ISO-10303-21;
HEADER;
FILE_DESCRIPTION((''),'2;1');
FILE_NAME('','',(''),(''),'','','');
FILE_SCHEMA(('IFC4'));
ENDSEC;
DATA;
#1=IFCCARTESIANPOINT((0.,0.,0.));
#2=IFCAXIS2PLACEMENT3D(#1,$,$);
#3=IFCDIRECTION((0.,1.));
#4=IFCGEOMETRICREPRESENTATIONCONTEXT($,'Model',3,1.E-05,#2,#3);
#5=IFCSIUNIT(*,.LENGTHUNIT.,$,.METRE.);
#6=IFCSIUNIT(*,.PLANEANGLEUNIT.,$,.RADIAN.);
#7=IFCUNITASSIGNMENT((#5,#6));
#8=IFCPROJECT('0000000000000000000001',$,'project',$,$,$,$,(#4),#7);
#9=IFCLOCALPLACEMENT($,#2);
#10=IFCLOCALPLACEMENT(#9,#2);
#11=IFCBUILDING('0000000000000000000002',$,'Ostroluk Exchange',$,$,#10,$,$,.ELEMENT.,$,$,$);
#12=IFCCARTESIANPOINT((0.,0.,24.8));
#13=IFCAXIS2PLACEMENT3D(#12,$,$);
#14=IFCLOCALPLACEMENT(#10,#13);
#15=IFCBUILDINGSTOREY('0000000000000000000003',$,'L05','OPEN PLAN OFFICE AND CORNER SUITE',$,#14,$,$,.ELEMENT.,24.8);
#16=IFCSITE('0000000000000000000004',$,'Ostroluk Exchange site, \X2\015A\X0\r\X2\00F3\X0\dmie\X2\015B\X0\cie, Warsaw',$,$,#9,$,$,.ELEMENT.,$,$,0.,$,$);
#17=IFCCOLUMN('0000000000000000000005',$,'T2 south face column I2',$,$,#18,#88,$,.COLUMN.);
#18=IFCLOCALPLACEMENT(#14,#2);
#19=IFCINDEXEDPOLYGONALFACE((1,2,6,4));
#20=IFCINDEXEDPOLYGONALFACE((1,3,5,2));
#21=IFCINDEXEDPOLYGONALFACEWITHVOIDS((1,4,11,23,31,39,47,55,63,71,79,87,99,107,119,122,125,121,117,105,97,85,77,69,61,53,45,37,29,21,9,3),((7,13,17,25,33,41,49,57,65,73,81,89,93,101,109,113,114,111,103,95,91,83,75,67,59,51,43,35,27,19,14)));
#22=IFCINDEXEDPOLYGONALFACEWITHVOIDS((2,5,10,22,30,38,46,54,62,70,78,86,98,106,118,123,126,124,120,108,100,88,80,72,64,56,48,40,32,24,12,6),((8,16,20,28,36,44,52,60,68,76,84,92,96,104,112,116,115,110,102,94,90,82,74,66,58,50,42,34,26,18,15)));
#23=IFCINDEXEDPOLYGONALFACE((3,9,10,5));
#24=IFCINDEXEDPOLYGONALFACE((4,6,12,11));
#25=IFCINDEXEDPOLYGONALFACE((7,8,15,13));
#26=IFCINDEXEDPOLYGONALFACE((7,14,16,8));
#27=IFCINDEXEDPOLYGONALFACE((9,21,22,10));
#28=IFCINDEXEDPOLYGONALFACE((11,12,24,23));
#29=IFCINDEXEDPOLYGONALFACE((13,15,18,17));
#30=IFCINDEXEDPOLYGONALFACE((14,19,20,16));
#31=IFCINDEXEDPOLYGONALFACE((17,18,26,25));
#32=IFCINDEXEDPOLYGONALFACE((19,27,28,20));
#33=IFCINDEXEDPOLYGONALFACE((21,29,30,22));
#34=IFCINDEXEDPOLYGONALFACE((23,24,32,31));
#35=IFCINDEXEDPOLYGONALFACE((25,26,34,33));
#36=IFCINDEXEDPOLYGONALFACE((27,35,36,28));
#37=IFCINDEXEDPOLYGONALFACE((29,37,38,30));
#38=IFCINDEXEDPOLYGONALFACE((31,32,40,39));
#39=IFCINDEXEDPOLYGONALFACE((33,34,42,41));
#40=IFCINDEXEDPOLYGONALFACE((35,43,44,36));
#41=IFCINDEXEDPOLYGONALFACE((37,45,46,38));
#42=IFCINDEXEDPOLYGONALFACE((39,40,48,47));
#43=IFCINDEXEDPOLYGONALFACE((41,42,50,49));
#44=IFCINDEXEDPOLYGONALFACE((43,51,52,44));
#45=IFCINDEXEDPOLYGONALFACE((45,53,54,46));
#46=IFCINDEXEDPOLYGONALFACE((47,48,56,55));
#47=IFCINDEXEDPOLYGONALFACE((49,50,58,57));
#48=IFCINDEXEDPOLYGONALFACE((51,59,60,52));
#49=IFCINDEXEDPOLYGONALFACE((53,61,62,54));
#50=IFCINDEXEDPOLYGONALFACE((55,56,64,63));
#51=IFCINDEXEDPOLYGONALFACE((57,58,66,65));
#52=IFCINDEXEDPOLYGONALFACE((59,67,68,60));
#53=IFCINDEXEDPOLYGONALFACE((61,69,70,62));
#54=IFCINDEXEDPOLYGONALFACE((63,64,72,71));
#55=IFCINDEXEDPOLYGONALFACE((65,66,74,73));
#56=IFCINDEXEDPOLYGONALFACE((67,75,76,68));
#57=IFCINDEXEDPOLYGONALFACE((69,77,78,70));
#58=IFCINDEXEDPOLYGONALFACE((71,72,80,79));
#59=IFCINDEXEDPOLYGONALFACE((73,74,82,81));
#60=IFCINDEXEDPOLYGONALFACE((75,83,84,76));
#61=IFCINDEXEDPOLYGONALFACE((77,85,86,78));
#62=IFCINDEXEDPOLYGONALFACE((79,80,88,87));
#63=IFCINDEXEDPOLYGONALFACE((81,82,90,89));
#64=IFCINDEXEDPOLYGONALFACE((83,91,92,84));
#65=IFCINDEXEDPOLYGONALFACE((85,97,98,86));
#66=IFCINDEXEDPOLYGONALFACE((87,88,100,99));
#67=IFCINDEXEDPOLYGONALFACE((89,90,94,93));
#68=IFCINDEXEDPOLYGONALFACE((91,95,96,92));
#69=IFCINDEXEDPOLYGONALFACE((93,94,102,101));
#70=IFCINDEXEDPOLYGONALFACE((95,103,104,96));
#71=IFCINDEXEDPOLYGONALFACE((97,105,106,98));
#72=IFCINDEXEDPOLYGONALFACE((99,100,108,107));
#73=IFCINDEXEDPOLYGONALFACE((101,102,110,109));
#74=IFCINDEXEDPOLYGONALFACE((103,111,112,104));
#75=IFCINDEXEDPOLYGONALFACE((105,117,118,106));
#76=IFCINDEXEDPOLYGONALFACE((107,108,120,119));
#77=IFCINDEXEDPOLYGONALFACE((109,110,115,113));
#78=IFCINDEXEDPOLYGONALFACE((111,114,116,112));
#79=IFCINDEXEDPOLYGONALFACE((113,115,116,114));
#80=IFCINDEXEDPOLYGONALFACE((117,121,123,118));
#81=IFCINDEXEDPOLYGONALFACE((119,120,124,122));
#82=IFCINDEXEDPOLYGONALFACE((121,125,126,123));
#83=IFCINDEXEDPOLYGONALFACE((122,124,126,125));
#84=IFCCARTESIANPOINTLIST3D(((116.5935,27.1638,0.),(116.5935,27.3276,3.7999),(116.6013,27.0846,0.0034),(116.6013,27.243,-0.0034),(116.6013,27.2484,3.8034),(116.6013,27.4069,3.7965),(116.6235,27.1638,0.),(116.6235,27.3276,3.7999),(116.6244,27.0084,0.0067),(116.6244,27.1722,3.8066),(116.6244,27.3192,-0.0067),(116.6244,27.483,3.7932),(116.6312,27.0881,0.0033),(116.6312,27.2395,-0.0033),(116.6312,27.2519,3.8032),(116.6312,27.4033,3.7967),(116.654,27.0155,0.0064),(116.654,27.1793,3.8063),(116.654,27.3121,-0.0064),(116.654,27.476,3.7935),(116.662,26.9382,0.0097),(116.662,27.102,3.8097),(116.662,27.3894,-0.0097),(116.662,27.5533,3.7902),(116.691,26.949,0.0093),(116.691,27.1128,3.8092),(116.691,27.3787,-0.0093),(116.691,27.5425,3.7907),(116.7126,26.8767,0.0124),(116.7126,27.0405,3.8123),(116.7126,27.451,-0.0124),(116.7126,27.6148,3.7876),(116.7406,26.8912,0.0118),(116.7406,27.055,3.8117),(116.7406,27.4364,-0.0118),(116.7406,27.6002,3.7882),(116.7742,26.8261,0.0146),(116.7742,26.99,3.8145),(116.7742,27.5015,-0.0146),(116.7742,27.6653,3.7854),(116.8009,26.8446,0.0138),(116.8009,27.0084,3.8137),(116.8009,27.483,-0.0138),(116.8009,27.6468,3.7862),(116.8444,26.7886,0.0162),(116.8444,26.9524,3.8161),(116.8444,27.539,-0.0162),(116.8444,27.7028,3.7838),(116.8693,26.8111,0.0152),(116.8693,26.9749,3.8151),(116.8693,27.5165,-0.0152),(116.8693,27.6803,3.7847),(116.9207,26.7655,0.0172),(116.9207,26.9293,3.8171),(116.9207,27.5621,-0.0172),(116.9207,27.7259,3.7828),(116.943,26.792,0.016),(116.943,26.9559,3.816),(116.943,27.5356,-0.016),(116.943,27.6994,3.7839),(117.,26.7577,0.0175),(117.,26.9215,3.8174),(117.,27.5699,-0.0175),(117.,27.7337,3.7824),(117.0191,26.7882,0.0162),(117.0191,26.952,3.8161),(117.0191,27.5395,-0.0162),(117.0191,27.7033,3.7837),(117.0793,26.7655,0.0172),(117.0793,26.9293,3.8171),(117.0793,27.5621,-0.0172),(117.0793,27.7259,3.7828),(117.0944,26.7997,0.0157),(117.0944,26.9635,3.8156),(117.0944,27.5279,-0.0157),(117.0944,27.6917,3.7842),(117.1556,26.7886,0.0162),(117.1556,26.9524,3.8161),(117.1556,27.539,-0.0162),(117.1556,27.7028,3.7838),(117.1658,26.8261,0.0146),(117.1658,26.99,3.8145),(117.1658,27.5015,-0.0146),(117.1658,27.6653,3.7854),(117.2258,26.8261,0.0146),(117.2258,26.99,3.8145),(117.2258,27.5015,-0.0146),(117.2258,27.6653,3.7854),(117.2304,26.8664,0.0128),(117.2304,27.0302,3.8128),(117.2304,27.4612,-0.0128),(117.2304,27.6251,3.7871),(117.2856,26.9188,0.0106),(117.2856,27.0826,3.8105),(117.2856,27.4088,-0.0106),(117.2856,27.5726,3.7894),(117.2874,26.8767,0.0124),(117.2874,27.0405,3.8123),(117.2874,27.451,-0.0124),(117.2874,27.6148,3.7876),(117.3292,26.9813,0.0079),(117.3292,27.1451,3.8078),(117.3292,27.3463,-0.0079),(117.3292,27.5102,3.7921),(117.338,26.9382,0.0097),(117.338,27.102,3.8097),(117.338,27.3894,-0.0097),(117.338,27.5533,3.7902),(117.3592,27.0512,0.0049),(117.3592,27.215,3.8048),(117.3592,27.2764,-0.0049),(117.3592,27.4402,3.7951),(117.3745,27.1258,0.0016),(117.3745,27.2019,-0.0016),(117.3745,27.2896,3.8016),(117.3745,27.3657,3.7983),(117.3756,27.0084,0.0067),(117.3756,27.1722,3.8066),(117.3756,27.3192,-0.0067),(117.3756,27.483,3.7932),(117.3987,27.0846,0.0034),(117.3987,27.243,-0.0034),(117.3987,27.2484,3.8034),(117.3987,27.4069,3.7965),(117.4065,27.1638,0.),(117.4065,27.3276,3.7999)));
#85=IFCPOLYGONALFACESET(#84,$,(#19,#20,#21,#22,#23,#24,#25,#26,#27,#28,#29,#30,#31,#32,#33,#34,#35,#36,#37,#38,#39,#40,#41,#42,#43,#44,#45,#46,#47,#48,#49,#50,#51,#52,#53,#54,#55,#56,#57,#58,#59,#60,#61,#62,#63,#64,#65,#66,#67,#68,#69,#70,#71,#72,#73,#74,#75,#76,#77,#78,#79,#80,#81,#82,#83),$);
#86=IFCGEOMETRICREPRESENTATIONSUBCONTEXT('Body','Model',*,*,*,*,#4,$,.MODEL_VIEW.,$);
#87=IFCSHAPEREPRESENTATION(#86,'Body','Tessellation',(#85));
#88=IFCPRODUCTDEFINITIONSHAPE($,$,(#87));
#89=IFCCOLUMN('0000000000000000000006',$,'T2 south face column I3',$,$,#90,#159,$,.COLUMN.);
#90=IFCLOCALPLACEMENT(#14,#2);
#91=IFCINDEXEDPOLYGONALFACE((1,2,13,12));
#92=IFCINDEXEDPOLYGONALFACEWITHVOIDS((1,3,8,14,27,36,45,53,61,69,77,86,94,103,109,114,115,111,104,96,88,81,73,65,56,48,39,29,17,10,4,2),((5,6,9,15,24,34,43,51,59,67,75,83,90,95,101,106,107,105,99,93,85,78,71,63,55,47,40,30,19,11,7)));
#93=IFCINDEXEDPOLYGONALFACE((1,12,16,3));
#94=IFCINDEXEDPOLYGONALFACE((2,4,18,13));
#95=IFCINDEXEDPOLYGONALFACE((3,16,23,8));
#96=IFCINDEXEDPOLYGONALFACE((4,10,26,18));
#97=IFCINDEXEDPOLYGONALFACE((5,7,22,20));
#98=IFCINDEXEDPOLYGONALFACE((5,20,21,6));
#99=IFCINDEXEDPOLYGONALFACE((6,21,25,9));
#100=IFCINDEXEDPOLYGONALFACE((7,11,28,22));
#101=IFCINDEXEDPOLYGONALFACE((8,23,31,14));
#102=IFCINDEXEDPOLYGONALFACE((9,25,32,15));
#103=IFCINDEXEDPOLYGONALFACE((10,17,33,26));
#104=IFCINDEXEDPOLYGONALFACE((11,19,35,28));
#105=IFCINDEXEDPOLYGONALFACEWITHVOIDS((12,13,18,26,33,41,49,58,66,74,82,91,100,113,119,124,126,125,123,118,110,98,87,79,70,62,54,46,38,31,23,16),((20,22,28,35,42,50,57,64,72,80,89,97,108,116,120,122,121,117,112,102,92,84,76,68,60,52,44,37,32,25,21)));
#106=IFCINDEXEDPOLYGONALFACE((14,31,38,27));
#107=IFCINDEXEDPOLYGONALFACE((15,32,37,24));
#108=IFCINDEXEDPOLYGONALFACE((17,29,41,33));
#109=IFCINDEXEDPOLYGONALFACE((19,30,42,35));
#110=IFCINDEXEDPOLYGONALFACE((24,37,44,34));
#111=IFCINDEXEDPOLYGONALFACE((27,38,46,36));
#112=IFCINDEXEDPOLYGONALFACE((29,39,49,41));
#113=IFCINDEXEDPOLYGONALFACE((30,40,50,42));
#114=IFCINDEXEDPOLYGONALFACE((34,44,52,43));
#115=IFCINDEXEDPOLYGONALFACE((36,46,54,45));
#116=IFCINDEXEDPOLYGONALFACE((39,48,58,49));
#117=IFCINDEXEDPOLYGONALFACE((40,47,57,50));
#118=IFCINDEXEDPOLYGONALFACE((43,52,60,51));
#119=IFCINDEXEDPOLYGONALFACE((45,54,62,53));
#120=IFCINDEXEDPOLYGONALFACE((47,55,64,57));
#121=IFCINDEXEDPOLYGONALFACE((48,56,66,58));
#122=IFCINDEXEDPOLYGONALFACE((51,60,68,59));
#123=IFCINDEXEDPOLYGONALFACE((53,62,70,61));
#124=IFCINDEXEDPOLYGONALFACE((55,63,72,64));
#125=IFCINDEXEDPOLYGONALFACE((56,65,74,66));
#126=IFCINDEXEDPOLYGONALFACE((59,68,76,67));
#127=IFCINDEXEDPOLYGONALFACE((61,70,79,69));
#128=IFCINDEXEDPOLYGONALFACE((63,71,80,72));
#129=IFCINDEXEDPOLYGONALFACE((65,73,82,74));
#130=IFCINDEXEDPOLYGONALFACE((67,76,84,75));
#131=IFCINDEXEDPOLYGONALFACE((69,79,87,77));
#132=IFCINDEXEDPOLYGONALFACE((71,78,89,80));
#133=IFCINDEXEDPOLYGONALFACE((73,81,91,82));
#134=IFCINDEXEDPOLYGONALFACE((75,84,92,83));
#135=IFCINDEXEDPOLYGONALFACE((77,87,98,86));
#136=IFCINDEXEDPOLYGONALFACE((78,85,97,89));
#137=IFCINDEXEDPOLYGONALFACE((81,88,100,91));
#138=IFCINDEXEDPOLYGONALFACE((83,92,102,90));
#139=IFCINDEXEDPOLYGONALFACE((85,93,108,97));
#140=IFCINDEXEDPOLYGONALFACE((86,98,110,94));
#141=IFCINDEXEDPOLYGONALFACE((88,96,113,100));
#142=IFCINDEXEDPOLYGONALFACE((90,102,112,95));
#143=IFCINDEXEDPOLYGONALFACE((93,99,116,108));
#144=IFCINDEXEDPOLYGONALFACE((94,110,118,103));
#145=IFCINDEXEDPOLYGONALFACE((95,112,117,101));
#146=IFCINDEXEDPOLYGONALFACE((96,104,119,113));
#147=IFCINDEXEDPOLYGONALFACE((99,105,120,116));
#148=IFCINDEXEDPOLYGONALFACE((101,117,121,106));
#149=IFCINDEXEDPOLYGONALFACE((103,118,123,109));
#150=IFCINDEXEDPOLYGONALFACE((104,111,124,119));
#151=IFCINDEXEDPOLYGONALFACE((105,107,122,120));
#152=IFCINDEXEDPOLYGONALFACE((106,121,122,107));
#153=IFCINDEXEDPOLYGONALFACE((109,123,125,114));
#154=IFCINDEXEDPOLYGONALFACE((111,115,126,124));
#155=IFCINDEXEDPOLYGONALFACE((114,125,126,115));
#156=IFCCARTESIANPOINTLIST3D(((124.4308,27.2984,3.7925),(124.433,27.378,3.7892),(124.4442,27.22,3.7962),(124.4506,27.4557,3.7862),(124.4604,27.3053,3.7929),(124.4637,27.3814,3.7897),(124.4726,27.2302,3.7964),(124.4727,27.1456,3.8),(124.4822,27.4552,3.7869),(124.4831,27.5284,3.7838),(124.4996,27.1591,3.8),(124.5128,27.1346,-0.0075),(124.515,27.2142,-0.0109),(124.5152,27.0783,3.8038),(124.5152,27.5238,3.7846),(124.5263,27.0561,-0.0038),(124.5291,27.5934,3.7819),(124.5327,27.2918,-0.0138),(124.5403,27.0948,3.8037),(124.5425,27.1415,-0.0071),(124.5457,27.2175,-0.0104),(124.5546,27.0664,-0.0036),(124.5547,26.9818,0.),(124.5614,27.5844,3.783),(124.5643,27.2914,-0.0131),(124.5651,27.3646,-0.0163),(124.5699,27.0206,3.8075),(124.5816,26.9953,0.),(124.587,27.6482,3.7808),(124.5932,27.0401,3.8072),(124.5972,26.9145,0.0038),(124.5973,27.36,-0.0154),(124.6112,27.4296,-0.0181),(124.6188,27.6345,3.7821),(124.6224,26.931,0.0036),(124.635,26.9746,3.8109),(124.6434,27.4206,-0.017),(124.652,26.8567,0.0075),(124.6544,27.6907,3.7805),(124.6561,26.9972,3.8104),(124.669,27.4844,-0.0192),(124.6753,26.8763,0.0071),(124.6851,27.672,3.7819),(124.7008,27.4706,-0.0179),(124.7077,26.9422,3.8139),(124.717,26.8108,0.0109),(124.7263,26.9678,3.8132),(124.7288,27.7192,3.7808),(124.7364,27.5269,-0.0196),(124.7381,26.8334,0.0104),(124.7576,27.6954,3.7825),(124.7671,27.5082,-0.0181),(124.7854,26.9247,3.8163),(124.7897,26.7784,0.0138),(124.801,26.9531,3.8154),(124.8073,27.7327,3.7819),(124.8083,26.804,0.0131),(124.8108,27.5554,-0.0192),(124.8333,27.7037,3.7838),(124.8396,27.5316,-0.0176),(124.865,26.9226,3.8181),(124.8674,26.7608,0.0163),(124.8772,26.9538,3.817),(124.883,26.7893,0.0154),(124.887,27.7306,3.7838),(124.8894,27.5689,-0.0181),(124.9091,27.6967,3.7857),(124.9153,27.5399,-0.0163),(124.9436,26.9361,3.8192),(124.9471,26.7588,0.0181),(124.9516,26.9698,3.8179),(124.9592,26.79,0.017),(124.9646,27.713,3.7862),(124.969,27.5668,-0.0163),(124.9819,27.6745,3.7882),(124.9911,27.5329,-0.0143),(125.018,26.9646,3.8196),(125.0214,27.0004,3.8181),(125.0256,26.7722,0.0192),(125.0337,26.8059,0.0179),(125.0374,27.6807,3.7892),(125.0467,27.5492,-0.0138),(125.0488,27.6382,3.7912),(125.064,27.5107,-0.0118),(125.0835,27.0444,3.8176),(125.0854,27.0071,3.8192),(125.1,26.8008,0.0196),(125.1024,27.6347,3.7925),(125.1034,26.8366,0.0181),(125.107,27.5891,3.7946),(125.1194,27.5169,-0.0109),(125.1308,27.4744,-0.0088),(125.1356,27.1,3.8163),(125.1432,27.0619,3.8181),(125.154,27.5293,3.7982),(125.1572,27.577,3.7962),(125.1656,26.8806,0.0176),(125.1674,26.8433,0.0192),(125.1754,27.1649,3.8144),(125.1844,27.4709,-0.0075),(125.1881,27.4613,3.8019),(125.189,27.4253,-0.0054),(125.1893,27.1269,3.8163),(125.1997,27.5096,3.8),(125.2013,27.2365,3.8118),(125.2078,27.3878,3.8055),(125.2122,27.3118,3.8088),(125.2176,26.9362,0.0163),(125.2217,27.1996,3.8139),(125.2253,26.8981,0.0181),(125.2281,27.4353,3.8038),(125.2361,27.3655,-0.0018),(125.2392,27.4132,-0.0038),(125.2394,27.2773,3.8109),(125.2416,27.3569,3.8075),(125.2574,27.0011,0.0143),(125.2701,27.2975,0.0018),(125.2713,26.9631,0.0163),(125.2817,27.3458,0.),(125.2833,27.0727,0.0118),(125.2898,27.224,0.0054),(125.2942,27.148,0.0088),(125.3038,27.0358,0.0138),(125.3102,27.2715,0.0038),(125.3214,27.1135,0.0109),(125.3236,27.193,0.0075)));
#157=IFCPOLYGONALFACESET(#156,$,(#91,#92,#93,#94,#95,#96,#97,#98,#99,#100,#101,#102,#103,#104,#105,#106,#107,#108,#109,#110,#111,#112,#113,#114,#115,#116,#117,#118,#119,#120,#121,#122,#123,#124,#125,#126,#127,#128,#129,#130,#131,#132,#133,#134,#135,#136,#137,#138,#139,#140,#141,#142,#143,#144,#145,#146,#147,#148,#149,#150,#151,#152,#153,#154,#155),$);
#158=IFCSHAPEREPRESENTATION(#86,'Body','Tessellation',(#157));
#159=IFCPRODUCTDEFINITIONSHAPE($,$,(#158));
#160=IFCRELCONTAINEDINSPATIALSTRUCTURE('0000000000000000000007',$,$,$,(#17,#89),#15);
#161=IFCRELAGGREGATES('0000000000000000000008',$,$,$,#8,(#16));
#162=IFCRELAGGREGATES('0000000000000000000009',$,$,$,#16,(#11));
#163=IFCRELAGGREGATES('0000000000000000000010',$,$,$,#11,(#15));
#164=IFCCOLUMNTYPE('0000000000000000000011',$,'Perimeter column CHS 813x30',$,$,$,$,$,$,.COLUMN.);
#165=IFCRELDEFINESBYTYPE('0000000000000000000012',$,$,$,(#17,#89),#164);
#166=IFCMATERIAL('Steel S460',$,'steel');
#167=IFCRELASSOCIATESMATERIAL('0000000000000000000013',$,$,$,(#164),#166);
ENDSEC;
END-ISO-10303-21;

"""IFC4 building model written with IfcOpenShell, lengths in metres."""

from ifc_helpers import new_model, si_unit, direction, frame, origin, origin_2d, place, context, subcontext, project, spatial, hollow_circle, extrude, material, material_profile, profile_set, type_object, element, save


model = new_model("IFC4")

# Units and contexts
model_context = context("Model", 3, precision=1e-05, world=origin(), true_north=direction((0.0, 1.0)))
body_context = subcontext(model_context, "Body", "Model", "MODEL_VIEW")
ifc_project = project(units=[si_unit("LENGTHUNIT", "METRE"), si_unit("PLANEANGLEUNIT", "RADIAN")], contexts=[model_context])

# Site, building, storey
site_placement = place(None, origin())
site = spatial("IfcSite", under=ifc_project, at=site_placement, Name="Ostroluk Exchange site, Śródmieście, Warsaw", CompositionType="ELEMENT", RefElevation=0.0)
building_placement = place(site_placement, origin())
building = spatial("IfcBuilding", under=site, at=building_placement, Name="Ostroluk Exchange", CompositionType="ELEMENT")
storey_placement = place(building_placement, frame((0.0, 0.0, 24.8)))
storey = spatial("IfcBuildingStorey", under=building, at=storey_placement, Name="L05", Description="OPEN PLAN OFFICE AND CORNER SUITE", CompositionType="ELEMENT", Elevation=24.8)

# Columns
ifc_material_1 = material(Name="Steel S460", Category="steel")
ifc_material_profile_1 = material_profile(ifc_material_1, hollow_circle(Radius=0.4065, WallThickness=0.03, at=origin_2d()), Name="CHS 813x30")
ifc_profile_set_1 = profile_set([ifc_material_profile_1], Name="Steel S460")
column_type = type_object("IfcColumnType", Name="Perimeter column CHS 813x30", PredefinedType="COLUMN", material=ifc_profile_set_1)
column_1_placement = place(storey_placement, frame((117.0, 27.1638, 0.0), z_axis=(0.0, 0.04307, 0.999072), x_axis=(-1.0, 0.0, 0.0)))
element("IfcColumn", 1, at=column_1_placement, inside=storey, type_object=column_type, Name="T2 south face column I2", PredefinedType="COLUMN", context=body_context, shape_type="SweptSolid", body=[
    extrude(hollow_circle(Radius=0.4065, WallThickness=0.03, at=origin_2d()), origin(), (0.0, 0.0, 1.0), 3.8035),
])
column_2_placement = place(storey_placement, frame((124.9182, 27.1638, 0.0), z_axis=(-0.021562, 0.04306, 0.99884), x_axis=(-0.894161, -0.447747, 0.0)))
element("IfcColumn", 2, at=column_2_placement, inside=storey, type_object=column_type, Name="T2 south face column I3", PredefinedType="COLUMN", context=body_context, shape_type="SweptSolid", body=[
    extrude(hollow_circle(Radius=0.4065, WallThickness=0.03, at=origin_2d()), origin(), (0.0, 0.0, 1.0), 3.8044),
])

save(model, "model.ifc")
